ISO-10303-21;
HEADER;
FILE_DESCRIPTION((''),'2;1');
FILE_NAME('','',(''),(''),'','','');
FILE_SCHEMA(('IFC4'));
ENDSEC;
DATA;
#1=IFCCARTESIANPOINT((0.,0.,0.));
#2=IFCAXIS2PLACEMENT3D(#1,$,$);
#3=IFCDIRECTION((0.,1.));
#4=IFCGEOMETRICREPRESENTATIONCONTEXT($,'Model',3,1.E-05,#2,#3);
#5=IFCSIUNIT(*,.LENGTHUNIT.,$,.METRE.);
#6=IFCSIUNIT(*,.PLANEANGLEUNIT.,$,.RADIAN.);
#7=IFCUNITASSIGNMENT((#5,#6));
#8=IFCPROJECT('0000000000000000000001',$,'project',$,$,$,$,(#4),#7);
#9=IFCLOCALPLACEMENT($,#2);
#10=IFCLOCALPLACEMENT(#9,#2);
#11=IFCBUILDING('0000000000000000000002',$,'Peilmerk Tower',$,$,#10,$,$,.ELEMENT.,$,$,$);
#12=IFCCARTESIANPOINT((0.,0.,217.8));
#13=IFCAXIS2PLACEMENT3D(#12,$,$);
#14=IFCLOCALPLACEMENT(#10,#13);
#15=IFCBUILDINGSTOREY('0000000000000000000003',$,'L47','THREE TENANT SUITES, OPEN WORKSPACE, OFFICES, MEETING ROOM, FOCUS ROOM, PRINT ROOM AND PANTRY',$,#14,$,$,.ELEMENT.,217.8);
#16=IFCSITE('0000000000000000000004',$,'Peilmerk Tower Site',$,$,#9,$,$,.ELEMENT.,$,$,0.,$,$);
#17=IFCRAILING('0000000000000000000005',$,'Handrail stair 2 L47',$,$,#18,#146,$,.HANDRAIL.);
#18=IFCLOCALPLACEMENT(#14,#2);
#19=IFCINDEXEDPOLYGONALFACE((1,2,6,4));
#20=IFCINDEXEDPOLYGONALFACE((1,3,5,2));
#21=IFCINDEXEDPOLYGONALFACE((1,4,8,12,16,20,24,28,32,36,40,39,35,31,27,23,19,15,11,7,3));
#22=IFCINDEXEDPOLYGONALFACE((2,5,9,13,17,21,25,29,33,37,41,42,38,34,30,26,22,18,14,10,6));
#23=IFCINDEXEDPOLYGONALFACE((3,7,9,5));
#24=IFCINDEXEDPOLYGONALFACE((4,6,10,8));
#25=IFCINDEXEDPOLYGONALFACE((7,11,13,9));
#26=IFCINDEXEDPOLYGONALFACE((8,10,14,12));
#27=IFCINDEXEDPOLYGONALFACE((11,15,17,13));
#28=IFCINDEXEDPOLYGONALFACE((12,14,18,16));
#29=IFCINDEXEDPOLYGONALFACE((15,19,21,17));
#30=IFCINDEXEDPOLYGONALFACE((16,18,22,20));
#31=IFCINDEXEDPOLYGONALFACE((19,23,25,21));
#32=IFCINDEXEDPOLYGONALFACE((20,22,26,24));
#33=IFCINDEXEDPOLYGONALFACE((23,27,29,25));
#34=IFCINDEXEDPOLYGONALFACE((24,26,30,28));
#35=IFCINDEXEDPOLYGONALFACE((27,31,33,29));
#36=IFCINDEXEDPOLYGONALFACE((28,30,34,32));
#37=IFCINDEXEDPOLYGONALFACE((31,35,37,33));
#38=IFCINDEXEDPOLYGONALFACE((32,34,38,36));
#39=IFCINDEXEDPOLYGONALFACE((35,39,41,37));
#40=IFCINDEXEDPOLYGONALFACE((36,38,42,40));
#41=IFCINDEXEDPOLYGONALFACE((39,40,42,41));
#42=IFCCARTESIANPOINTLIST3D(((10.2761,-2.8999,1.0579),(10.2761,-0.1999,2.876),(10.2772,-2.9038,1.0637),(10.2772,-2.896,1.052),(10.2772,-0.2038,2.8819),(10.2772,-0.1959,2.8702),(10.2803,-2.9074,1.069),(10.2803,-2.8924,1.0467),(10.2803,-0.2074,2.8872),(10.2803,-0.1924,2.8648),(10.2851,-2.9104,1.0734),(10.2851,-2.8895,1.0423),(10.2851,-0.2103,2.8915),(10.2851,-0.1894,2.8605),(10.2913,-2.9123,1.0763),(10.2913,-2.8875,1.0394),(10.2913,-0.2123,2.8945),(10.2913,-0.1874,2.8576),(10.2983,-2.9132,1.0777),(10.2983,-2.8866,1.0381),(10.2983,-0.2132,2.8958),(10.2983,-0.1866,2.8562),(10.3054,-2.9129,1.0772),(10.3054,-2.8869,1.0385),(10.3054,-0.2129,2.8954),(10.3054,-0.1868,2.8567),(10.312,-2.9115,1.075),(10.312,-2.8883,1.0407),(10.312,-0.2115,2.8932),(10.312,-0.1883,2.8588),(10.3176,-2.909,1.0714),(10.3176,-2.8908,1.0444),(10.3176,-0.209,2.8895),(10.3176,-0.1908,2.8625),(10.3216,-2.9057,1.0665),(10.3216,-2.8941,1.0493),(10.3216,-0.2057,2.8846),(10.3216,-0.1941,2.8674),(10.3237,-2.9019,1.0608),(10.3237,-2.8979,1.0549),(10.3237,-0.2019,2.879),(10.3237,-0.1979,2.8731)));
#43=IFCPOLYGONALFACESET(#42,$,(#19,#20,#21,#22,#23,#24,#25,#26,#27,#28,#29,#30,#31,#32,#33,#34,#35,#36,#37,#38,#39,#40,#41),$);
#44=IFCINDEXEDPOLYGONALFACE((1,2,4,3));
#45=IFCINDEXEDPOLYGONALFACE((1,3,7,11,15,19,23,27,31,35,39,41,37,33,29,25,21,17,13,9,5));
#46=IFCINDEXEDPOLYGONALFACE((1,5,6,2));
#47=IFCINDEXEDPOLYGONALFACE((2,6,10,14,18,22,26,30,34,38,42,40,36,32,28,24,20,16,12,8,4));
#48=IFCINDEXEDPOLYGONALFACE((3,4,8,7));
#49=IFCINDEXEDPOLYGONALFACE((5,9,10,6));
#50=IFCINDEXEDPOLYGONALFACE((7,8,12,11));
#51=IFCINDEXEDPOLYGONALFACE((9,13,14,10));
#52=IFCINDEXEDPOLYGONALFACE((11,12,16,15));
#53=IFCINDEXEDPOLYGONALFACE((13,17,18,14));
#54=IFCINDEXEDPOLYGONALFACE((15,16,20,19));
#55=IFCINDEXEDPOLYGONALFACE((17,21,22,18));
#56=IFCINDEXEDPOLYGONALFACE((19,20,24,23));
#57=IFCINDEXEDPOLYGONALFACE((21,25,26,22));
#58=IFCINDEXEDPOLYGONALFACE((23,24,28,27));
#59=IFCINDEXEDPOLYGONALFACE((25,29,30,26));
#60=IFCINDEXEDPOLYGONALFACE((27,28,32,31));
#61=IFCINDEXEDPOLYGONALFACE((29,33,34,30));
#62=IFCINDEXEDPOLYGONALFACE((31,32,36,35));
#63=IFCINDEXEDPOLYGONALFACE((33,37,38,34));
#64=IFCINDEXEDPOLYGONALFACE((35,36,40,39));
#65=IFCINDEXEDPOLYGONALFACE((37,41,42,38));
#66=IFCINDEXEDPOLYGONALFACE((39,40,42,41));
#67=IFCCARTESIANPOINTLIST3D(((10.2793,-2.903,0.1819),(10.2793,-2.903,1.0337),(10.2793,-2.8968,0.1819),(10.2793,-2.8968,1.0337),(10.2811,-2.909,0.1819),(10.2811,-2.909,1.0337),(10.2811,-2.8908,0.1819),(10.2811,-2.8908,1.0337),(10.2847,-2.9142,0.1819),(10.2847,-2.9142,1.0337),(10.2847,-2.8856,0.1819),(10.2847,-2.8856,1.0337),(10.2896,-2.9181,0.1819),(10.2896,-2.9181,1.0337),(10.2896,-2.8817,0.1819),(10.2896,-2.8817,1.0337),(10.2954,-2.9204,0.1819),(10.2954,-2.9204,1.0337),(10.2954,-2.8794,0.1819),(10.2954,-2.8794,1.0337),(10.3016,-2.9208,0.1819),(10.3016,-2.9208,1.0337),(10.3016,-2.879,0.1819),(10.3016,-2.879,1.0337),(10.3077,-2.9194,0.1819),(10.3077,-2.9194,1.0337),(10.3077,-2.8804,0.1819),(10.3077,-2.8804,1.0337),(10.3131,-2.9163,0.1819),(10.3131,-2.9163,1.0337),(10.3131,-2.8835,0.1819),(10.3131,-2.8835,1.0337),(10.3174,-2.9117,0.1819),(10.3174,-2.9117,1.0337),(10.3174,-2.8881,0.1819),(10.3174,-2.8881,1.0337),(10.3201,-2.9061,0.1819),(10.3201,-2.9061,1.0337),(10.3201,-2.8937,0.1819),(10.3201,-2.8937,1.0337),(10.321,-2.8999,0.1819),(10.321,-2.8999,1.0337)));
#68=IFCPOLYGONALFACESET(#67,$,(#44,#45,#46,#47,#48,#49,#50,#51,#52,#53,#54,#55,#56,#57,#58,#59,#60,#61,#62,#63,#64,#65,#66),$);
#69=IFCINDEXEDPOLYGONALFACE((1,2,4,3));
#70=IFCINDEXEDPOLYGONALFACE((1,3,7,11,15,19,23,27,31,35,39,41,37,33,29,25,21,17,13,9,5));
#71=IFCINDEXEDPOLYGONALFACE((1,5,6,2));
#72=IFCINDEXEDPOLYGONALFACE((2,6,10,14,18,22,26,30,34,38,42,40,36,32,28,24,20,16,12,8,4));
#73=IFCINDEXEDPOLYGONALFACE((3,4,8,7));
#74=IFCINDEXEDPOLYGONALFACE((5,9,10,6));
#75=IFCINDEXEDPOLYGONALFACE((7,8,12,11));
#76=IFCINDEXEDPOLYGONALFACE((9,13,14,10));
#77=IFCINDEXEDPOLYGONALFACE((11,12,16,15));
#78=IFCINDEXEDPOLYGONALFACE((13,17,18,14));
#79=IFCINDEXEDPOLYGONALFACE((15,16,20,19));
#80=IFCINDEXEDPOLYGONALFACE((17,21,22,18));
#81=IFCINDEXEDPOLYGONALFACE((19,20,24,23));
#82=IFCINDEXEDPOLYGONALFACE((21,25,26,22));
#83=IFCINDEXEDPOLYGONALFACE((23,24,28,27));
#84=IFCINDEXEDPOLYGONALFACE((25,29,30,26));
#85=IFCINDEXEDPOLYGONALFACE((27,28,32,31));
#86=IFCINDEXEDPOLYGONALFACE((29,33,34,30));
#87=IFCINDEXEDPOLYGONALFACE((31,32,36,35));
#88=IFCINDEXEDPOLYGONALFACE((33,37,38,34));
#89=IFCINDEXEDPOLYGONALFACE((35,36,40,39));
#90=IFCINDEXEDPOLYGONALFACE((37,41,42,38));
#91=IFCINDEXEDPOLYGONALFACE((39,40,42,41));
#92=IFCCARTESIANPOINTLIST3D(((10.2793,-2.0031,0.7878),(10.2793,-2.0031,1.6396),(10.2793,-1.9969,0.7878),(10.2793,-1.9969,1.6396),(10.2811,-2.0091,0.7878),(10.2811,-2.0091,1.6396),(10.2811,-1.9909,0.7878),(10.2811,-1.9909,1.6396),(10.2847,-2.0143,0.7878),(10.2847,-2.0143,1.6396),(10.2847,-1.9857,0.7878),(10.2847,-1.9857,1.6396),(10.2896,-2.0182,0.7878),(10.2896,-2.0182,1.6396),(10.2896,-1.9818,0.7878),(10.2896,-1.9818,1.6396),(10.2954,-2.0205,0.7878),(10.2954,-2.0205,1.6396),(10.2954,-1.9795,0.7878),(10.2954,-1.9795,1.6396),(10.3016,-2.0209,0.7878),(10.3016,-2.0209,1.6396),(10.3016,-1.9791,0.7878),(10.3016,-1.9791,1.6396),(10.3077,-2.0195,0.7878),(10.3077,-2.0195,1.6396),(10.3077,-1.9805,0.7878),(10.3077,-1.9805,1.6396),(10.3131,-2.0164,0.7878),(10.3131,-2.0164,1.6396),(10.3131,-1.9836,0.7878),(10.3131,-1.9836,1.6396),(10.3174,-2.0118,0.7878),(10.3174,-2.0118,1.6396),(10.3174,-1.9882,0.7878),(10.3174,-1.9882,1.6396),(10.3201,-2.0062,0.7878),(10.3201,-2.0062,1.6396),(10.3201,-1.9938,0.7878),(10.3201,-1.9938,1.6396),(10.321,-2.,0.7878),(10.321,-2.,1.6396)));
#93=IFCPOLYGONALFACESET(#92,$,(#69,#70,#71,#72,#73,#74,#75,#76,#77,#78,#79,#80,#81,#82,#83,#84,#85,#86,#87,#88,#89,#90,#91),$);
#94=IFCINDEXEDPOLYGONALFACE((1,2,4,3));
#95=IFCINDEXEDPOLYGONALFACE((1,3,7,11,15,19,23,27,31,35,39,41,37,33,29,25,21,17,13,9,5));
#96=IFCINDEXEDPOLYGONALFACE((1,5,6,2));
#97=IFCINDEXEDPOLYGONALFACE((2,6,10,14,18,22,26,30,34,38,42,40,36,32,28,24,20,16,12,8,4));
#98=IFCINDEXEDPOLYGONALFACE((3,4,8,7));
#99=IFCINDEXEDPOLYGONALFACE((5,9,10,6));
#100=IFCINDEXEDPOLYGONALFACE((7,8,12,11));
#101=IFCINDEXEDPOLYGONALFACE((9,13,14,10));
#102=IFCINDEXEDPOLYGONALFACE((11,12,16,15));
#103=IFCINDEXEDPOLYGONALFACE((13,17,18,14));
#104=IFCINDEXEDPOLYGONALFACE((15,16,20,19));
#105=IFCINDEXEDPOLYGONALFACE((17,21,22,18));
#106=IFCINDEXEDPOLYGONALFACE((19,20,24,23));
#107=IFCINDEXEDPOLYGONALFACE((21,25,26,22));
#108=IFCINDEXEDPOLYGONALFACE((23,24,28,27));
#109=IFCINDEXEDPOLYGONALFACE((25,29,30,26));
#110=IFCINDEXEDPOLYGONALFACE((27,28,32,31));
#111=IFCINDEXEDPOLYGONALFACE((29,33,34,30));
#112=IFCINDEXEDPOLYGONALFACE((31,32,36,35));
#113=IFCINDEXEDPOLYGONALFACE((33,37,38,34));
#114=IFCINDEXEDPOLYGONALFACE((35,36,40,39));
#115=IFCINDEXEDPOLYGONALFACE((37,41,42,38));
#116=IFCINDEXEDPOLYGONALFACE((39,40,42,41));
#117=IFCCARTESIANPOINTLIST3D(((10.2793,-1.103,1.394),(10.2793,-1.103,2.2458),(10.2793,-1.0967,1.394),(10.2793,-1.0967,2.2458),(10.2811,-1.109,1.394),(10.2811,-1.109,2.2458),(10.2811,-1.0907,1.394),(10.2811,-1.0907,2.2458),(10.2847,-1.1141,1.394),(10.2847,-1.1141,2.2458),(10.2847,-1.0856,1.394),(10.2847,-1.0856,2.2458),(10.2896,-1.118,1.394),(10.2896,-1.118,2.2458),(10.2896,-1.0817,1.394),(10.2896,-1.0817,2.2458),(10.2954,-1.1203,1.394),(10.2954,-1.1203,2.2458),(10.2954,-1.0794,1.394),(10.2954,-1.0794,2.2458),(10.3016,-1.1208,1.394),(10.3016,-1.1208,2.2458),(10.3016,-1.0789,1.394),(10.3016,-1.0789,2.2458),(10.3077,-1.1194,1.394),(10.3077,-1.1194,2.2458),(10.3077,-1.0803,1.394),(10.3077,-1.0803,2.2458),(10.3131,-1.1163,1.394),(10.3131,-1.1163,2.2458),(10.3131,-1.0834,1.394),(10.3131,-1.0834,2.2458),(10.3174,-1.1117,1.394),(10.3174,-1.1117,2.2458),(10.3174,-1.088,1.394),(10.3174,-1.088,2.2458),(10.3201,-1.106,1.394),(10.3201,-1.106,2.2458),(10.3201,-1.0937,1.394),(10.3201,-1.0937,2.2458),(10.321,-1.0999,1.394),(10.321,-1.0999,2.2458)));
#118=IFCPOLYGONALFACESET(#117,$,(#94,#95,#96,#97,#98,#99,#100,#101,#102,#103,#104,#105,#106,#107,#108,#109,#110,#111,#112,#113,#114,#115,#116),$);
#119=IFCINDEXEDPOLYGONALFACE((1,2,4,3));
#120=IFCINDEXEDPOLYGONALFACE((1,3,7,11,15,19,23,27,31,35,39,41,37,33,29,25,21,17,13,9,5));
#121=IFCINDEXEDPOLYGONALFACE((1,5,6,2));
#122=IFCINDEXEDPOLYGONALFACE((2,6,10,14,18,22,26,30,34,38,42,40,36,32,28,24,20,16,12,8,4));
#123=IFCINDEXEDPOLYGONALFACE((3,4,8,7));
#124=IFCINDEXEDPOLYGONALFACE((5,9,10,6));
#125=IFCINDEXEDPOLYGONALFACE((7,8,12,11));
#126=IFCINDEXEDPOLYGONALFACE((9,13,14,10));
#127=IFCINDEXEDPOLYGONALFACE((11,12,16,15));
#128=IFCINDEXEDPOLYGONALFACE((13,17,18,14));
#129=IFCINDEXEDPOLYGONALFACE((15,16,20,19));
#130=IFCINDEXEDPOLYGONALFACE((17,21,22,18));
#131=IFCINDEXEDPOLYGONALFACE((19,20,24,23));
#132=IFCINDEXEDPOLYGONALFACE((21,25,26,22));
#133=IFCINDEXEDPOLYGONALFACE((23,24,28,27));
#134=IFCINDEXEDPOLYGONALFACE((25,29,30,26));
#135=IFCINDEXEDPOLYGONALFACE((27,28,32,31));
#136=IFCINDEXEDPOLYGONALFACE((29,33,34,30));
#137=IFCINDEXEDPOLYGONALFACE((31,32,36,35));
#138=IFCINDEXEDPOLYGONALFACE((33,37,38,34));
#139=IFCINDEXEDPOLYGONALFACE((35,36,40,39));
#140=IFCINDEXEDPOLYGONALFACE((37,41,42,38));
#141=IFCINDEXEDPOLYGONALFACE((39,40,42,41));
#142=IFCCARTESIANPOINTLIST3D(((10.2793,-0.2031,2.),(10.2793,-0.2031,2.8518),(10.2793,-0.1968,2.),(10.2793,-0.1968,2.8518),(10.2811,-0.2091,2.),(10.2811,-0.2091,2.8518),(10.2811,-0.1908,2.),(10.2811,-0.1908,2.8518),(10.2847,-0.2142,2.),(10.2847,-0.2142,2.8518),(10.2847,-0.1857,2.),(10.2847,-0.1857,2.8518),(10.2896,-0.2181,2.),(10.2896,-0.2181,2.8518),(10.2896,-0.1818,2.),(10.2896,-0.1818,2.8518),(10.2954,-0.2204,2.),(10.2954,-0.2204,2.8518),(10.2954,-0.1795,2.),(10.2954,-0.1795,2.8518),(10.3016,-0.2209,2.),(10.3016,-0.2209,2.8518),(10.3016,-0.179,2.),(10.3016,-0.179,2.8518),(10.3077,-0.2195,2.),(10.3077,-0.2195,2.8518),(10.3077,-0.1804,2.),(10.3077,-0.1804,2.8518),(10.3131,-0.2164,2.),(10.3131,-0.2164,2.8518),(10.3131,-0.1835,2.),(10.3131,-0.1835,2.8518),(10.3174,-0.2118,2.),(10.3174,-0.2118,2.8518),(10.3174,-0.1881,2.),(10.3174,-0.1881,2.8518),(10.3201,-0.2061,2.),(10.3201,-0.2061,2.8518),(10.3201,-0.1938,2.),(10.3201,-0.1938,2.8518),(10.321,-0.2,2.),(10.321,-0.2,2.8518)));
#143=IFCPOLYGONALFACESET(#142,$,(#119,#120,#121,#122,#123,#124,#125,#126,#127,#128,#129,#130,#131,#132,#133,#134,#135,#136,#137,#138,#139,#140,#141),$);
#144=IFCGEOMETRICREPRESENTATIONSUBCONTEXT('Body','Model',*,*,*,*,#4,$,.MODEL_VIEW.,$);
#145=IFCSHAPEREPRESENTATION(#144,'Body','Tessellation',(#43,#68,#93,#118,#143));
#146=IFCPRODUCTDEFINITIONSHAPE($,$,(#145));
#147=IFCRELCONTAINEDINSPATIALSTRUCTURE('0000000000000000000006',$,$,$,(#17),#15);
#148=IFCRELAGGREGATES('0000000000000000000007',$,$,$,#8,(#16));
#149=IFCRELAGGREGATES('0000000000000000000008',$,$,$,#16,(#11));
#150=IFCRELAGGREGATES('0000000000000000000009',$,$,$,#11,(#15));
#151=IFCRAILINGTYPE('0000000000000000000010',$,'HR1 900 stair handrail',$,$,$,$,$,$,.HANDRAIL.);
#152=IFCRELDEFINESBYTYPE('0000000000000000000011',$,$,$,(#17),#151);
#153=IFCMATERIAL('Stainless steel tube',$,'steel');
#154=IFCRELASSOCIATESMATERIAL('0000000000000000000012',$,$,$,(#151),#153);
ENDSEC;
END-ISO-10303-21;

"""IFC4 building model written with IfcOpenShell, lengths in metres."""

from ifc_helpers import new_model, si_unit, direction, frame, origin, origin_2d, place, context, subcontext, project, spatial, circle, extrude, material, type_object, element, save


model = new_model("IFC4")

# Units and contexts
model_context = context("Model", 3, precision=1e-05, world=origin(), true_north=direction((0.0, 1.0)))
body_context = subcontext(model_context, "Body", "Model", "MODEL_VIEW")
ifc_project = project(units=[si_unit("LENGTHUNIT", "METRE"), si_unit("PLANEANGLEUNIT", "RADIAN")], contexts=[model_context])

# Site, building, storey
site_placement = place(None, origin())
site = spatial("IfcSite", under=ifc_project, at=site_placement, Name="Peilmerk Tower Site", CompositionType="ELEMENT", RefElevation=0.0)
building_placement = place(site_placement, origin())
building = spatial("IfcBuilding", under=site, at=building_placement, Name="Peilmerk Tower", CompositionType="ELEMENT")
storey_placement = place(building_placement, frame((0.0, 0.0, 217.8)))
storey = spatial("IfcBuildingStorey", under=building, at=storey_placement, Name="L47", Description="THREE TENANT SUITES, OPEN WORKSPACE, OFFICES, MEETING ROOM, FOCUS ROOM, PRINT ROOM AND PANTRY", CompositionType="ELEMENT", Elevation=217.8)

# Railing
ifc_material_1 = material(Name="Stainless steel tube", Category="steel")
railing_type_1 = type_object("IfcRailingType", Name="HR1 900 stair handrail", PredefinedType="HANDRAIL", material=ifc_material_1)
railing_1_placement = place(storey_placement, frame((10.3, -2.8999, 0.1819)))
element("IfcRailing", 1, at=railing_1_placement, inside=storey, type_object=railing_type_1, Name="Handrail stair 2 L47", PredefinedType="HANDRAIL", context=body_context, shape_type="SweptSolid", body=[
    extrude(circle(Radius=0.0239, at=origin_2d()), frame((0.0, 0.0, 0.876), z_axis=(0.0, 0.829468, 0.558554), x_axis=(-1.0, 0.0, 0.0)), (0.0, 0.0, 1.0), 3.2551),
    extrude(circle(Radius=0.021, at=origin_2d()), origin(), (0.0, 0.0, 1.0), 0.8518),
    extrude(circle(Radius=0.021, at=origin_2d()), frame((0.0, 0.8999, 0.606)), (0.0, 0.0, 1.0), 0.8518),
    extrude(circle(Radius=0.021, at=origin_2d()), frame((0.0, 1.8, 1.2122)), (0.0, 0.0, 1.0), 0.8518),
    extrude(circle(Radius=0.021, at=origin_2d()), frame((0.0, 2.7, 1.8181)), (0.0, 0.0, 1.0), 0.8518),
])

save(model, "model.ifc")
